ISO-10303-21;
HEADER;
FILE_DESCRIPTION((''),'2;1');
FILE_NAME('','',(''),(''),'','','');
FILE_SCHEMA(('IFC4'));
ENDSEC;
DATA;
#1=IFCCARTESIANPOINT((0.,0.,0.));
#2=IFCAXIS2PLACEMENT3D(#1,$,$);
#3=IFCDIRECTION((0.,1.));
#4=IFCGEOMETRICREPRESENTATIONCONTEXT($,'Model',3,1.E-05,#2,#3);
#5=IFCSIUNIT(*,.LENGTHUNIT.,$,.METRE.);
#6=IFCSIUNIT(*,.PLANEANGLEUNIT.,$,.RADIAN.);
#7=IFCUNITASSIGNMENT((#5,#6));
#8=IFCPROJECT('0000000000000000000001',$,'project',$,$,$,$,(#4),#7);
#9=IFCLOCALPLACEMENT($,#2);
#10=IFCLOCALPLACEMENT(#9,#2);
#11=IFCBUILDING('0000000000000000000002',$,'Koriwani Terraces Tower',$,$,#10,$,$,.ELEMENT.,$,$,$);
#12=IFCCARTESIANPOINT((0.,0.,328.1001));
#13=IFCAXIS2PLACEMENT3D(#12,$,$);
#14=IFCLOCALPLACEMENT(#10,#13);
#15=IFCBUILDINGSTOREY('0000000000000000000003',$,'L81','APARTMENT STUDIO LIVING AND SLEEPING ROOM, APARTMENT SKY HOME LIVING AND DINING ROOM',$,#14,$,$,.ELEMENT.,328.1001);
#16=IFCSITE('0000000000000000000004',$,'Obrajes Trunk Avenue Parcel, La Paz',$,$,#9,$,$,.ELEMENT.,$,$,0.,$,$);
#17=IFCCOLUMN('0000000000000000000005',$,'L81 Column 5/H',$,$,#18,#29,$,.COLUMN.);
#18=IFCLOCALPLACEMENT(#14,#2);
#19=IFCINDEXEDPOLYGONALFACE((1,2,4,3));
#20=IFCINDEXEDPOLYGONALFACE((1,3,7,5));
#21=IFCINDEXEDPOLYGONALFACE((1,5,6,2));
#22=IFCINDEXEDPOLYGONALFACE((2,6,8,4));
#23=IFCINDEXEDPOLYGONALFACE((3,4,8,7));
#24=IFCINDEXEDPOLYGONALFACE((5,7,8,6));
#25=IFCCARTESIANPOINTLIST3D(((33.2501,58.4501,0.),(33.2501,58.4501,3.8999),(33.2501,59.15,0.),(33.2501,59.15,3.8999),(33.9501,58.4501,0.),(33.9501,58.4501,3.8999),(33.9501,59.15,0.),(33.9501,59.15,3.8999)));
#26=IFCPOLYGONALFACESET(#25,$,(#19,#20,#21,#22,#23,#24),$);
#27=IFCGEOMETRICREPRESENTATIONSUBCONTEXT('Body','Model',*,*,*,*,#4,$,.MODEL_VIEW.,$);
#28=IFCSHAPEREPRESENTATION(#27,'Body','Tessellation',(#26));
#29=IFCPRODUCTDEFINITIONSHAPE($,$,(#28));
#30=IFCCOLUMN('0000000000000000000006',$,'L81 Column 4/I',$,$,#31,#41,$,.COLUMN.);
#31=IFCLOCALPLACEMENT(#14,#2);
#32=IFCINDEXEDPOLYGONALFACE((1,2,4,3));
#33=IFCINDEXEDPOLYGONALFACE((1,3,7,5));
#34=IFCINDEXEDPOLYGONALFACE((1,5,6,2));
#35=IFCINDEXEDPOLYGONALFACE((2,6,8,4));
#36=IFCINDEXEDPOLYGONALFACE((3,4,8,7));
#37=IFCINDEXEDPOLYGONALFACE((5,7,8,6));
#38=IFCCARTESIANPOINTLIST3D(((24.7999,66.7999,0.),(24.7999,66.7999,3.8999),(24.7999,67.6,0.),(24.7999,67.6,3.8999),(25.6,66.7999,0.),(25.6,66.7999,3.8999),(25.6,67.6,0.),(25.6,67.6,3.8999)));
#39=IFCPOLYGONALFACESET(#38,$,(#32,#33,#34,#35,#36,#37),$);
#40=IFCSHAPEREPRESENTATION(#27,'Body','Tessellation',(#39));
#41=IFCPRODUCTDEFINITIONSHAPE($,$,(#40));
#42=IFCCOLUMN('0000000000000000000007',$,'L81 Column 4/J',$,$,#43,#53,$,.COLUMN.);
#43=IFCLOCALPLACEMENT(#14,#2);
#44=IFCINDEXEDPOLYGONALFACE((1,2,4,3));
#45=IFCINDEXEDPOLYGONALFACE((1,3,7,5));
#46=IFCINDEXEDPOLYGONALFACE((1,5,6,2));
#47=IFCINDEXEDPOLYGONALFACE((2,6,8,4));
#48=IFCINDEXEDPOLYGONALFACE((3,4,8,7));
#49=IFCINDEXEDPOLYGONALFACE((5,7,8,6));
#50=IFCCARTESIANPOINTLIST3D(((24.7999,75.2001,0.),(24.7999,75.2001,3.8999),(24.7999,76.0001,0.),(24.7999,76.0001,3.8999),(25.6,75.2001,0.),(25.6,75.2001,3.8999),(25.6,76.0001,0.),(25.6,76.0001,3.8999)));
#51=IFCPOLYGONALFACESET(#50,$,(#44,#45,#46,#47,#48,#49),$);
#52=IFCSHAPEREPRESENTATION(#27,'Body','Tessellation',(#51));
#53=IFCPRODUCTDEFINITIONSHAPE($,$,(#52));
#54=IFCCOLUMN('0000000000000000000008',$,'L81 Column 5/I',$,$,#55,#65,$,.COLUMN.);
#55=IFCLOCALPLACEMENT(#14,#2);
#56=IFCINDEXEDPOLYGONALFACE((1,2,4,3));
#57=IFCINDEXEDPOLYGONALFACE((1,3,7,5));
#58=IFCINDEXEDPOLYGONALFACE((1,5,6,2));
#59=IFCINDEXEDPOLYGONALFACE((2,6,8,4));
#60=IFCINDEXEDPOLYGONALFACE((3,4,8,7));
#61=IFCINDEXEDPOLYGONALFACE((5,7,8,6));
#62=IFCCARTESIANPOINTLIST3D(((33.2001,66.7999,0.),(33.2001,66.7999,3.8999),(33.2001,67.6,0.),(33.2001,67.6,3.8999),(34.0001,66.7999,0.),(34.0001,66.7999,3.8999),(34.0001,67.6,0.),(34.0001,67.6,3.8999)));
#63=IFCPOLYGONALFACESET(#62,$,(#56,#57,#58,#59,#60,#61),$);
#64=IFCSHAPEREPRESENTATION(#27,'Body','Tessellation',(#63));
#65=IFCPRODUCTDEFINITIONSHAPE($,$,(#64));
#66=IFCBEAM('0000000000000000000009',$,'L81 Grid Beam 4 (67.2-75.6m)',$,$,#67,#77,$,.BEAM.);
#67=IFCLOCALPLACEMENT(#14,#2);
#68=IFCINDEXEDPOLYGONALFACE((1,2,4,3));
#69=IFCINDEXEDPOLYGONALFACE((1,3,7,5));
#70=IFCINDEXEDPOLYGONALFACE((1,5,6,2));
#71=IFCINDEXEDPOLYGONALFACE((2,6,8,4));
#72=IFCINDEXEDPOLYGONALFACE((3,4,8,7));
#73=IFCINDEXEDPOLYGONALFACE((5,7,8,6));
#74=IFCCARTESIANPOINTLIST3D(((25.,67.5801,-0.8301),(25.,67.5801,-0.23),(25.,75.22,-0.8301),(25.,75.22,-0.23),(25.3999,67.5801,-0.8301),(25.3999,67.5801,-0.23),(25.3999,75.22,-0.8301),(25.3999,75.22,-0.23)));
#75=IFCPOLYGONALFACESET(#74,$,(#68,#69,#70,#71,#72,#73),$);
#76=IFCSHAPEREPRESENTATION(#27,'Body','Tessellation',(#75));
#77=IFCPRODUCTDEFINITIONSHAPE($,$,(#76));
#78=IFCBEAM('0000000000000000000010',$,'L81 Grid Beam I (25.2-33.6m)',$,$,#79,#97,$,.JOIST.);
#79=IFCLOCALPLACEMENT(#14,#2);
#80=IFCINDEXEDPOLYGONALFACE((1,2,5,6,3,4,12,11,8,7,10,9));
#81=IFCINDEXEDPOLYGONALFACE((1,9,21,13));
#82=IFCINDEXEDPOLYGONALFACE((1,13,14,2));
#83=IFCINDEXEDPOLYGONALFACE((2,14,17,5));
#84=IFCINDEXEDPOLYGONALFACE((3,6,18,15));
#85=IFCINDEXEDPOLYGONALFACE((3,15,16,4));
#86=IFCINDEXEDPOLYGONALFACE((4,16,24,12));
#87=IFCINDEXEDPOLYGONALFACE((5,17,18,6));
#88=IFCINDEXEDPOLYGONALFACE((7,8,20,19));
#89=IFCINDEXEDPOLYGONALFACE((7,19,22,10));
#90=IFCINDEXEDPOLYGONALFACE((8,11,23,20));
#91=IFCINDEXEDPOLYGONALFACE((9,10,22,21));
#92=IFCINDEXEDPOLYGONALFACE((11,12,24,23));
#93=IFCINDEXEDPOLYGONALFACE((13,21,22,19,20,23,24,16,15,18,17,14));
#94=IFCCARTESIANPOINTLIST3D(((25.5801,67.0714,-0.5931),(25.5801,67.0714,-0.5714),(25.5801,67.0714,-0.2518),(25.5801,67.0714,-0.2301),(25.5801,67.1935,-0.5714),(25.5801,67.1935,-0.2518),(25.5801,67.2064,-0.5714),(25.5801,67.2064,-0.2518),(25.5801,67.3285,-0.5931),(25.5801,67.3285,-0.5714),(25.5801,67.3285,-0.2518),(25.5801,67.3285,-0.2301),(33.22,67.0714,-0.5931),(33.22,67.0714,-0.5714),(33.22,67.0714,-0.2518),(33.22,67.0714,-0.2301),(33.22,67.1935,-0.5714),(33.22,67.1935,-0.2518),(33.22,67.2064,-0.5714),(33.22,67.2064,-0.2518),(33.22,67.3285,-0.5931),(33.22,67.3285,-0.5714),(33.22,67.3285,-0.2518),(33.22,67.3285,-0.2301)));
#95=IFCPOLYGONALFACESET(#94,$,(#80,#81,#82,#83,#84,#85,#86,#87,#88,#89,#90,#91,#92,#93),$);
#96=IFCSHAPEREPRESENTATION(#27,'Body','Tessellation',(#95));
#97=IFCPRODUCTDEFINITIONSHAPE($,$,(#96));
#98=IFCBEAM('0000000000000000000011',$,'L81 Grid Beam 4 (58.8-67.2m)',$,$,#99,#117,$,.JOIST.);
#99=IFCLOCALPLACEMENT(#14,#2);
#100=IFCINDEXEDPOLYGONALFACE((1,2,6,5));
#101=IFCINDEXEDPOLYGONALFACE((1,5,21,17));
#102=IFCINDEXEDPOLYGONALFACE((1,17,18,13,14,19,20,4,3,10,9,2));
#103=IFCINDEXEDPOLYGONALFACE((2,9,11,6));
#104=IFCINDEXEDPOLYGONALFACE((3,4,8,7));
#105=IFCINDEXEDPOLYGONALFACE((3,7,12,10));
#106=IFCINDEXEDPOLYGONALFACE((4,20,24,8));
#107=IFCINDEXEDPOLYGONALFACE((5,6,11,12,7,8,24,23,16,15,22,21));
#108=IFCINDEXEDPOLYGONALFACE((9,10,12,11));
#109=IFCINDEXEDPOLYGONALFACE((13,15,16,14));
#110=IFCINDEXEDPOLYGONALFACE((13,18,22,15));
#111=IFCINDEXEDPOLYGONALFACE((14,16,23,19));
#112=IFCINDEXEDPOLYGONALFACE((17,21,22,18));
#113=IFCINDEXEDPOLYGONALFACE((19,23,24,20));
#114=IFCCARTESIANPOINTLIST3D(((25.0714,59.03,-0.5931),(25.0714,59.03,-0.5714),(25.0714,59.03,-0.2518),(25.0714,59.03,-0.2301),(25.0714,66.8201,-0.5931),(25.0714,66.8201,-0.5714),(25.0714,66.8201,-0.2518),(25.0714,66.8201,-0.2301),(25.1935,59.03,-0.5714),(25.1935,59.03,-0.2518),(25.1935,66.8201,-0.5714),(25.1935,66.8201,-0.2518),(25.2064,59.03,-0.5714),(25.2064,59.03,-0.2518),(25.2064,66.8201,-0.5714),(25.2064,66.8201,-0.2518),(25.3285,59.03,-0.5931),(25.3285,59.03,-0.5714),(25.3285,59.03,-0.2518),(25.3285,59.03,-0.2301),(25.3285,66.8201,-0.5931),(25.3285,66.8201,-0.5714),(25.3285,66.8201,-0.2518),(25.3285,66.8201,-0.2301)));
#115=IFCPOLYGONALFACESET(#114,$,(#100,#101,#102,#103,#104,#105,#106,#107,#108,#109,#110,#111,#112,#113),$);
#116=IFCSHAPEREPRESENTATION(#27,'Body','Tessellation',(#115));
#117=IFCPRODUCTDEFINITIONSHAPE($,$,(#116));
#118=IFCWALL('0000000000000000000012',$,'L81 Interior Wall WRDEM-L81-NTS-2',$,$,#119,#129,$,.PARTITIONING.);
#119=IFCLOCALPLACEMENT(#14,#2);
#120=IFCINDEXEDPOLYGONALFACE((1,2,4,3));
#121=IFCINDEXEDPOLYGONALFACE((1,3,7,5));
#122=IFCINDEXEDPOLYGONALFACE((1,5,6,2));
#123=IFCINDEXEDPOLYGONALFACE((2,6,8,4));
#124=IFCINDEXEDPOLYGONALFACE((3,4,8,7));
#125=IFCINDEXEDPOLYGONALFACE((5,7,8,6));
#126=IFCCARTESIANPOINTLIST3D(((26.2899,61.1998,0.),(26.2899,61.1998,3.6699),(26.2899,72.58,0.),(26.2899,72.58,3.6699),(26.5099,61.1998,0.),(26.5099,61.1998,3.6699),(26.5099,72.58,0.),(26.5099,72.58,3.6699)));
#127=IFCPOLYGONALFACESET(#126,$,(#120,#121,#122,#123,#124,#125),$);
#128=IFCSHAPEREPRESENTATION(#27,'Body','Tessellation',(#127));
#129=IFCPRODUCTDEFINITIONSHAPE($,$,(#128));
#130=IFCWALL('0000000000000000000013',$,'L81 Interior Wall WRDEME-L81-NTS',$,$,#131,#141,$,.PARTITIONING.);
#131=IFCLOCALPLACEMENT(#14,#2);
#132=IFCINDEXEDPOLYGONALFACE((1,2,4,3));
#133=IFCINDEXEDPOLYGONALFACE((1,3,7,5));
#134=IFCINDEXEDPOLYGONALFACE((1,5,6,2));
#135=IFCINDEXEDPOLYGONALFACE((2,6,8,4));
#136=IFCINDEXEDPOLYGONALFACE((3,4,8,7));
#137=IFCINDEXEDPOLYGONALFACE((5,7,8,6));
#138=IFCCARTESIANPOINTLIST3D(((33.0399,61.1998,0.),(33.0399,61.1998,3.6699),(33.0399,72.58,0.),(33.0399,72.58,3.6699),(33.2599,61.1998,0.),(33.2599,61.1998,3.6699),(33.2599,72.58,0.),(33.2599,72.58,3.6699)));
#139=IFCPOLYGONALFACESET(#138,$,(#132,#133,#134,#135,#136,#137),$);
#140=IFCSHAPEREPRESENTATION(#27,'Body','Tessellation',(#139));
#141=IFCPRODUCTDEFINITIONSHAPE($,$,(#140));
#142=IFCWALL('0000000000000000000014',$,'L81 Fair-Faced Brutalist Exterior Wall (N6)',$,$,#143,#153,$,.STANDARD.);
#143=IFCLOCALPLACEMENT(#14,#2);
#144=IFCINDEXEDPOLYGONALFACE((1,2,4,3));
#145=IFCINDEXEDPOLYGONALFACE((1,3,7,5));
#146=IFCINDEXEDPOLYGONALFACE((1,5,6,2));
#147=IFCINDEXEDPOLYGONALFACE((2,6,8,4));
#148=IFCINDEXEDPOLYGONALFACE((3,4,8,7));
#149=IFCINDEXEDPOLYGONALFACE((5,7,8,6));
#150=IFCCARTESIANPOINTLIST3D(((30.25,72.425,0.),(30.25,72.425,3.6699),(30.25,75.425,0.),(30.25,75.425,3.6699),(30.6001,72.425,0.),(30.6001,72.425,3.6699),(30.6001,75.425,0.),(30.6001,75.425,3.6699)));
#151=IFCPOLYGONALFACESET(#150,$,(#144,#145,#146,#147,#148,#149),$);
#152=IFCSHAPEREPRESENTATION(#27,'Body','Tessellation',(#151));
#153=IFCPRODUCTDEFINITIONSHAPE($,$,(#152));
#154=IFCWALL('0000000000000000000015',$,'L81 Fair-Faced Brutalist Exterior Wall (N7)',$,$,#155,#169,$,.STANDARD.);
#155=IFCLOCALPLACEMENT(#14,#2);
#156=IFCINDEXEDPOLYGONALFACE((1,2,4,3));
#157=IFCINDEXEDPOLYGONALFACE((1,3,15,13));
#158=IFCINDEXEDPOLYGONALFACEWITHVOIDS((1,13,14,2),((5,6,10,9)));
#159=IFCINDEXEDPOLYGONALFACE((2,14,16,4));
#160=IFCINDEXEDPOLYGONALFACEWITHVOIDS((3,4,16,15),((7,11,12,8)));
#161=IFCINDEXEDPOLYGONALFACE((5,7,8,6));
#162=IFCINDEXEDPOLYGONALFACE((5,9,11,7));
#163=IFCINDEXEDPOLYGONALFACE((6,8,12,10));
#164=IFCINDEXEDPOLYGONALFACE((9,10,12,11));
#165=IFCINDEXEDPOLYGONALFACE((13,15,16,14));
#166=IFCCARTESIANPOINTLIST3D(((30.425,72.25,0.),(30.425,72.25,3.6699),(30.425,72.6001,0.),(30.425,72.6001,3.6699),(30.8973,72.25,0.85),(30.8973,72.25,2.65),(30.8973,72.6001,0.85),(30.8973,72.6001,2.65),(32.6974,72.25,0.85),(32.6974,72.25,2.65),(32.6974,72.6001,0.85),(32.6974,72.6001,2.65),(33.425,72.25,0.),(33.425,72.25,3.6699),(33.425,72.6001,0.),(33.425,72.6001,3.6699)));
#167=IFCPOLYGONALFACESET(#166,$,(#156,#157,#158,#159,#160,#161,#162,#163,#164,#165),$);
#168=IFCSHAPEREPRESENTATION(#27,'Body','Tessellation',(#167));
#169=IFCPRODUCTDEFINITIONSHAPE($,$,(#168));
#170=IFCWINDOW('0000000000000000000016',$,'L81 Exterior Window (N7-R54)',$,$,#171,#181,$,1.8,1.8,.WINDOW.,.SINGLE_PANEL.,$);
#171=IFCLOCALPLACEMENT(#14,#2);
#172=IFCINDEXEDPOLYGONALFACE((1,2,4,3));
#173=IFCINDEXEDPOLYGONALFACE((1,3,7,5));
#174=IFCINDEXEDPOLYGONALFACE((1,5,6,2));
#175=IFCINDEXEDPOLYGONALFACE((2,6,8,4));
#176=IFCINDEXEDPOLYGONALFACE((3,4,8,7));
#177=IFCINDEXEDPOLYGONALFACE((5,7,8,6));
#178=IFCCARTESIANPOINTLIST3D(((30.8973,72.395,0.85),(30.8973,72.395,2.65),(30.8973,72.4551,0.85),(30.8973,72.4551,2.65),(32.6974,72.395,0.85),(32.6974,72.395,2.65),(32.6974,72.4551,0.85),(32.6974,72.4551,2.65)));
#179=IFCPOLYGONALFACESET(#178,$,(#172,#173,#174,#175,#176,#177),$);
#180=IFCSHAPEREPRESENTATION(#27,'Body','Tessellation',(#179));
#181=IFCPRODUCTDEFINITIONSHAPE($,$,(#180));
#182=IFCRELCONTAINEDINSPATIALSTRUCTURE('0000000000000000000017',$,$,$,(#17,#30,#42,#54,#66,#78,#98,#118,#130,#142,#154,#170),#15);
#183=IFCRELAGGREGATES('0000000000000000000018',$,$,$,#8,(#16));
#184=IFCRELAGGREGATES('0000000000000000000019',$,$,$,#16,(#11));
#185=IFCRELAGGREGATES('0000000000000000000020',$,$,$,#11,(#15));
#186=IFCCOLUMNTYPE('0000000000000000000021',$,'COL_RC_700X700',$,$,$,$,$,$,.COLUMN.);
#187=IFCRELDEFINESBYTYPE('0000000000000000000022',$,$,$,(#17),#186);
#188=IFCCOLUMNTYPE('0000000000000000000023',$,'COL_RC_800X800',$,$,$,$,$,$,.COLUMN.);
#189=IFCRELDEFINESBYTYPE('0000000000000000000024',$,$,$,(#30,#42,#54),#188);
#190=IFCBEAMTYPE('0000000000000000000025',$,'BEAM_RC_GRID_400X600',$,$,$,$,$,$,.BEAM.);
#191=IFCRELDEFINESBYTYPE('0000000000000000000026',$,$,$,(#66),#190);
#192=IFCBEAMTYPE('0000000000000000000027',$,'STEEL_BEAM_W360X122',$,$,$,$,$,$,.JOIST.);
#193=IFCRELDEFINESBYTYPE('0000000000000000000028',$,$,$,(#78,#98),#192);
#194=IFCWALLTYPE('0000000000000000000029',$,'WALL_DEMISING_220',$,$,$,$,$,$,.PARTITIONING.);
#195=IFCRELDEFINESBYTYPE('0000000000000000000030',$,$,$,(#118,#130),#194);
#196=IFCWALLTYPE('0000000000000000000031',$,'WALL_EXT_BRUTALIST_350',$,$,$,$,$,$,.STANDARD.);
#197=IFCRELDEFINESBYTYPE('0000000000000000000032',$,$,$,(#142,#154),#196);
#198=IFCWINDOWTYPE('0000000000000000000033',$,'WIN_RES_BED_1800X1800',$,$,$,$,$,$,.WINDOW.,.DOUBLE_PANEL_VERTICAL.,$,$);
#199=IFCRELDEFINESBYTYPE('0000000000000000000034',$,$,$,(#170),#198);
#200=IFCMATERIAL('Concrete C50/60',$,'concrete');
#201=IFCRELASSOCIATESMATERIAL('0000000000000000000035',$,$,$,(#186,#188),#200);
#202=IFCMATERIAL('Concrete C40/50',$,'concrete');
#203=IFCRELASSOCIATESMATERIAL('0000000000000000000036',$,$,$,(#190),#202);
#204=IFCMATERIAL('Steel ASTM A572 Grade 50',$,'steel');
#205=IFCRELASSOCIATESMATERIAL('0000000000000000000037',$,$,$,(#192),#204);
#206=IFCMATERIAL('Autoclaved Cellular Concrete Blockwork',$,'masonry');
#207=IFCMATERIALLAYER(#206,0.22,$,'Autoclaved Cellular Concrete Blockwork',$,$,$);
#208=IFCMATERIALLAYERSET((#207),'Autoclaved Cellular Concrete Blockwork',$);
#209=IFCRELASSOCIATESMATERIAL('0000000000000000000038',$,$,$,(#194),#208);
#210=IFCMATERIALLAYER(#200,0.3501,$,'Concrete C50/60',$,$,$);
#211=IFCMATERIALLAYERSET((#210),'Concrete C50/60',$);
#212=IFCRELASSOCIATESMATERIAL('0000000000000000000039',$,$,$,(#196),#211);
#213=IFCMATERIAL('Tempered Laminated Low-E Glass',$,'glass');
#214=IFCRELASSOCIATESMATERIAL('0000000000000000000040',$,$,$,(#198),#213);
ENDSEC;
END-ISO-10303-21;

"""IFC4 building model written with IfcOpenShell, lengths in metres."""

from ifc_helpers import new_model, si_unit, direction, frame, frame_2d, origin, origin_2d, place, context, subcontext, project, spatial, rectangle, i_section, extrude, material, layer, layer_set, material_profile, profile_set, type_object, element, fill, save


model = new_model("IFC4")

# Units and contexts
model_context = context("Model", 3, precision=1e-05, world=origin(), true_north=direction((0.0, 1.0)))
body_context = subcontext(model_context, "Body", "Model", "MODEL_VIEW")
ifc_project = project(units=[si_unit("LENGTHUNIT", "METRE"), si_unit("PLANEANGLEUNIT", "RADIAN")], contexts=[model_context])

# Site, building, storey
site_placement = place(None, origin())
site = spatial("IfcSite", under=ifc_project, at=site_placement, Name="Obrajes Trunk Avenue Parcel, La Paz", CompositionType="ELEMENT", RefElevation=0.0)
building_placement = place(site_placement, origin())
building = spatial("IfcBuilding", under=site, at=building_placement, Name="Koriwani Terraces Tower", CompositionType="ELEMENT")
storey_placement = place(building_placement, frame((0.0, 0.0, 328.1001)))
storey = spatial("IfcBuildingStorey", under=building, at=storey_placement, Name="L81", Description="APARTMENT STUDIO LIVING AND SLEEPING ROOM, APARTMENT SKY HOME LIVING AND DINING ROOM", CompositionType="ELEMENT", Elevation=328.1001)

# Columns
ifc_material_1 = material(Name="Concrete C50/60", Category="concrete")
ifc_material_profile_1 = material_profile(ifc_material_1, rectangle(XDim=0.7, YDim=0.7, at=origin_2d()), Name="Concrete C50/60", Category="LoadBearing")
ifc_profile_set_1 = profile_set([ifc_material_profile_1], Name="Concrete C50/60")
column_type_1 = type_object("IfcColumnType", Name="COL_RC_700X700", PredefinedType="COLUMN", material=ifc_profile_set_1)
column_placement = place(storey_placement, frame((33.6001, 58.8, 0.0), z_axis=(0.0, 0.0, 1.0), x_axis=(1.0, 0.0, 0.0)))
element("IfcColumn", 1, at=column_placement, inside=storey, type_object=column_type_1, Name="L81 Column 5/H", PredefinedType="COLUMN", context=body_context, shape_type="SweptSolid", body=[
    extrude(rectangle(XDim=0.7, YDim=0.7, at=origin_2d()), origin(), (0.0, 0.0, 1.0), 3.8999),
])
ifc_material_profile_2 = material_profile(ifc_material_1, rectangle(XDim=0.8, YDim=0.8, at=origin_2d()), Name="Concrete C50/60", Category="LoadBearing")
ifc_profile_set_2 = profile_set([ifc_material_profile_2], Name="Concrete C50/60")
column_type_2 = type_object("IfcColumnType", Name="COL_RC_800X800", PredefinedType="COLUMN", material=ifc_profile_set_2)
for number, where, z_axis, x_axis, name in (
    (2, (25.2, 67.2, 0.0), (0.0, 0.0, 1.0), (1.0, 0.0, 0.0), "L81 Column 4/I"),
    (3, (25.2, 75.6001, 0.0), (0.0, 0.0, 1.0), (1.0, 0.0, 0.0), "L81 Column 4/J"),
    (4, (33.6001, 67.2, 0.0), (0.0, 0.0, 1.0), (1.0, 0.0, 0.0), "L81 Column 5/I"),
):
    element("IfcColumn", number, at=place(storey_placement, frame(where, z_axis=z_axis, x_axis=x_axis)), inside=storey, type_object=column_type_2, Name=name, PredefinedType="COLUMN", context=body_context, shape_type="SweptSolid", body=[
        extrude(rectangle(XDim=0.8, YDim=0.8, at=origin_2d()), origin(), (0.0, 0.0, 1.0), 3.8999),
    ])

# Beams
ifc_material_2 = material(Name="Concrete C40/50", Category="concrete")
ifc_material_profile_3 = material_profile(ifc_material_2, rectangle(XDim=0.3999, YDim=0.6001, at=origin_2d()), Name="Concrete C40/50", Category="LoadBearing")
ifc_profile_set_3 = profile_set([ifc_material_profile_3], Name="Concrete C40/50")
beam_type_1 = type_object("IfcBeamType", Name="BEAM_RC_GRID_400X600", PredefinedType="BEAM", material=ifc_profile_set_3)
beam_1_placement = place(storey_placement, frame((25.2, 67.5801, -0.53), z_axis=(0.0, 1.0, 0.0), x_axis=(-1.0, 0.0, 0.0)))
element("IfcBeam", 5, at=beam_1_placement, inside=storey, type_object=beam_type_1, Name="L81 Grid Beam 4 (67.2-75.6m)", PredefinedType="BEAM", context=body_context, shape_type="SweptSolid", body=[
    extrude(rectangle(XDim=0.3999, YDim=0.6001, at=origin_2d()), origin(), (0.0, 0.0, 1.0), 7.6399),
])
ifc_material_3 = material(Name="Steel ASTM A572 Grade 50", Category="steel")
ifc_material_profile_4 = material_profile(ifc_material_3, i_section(OverallWidth=0.2571, OverallDepth=0.363, WebThickness=0.0129, FlangeThickness=0.0217, at=origin_2d()), Name="Steel ASTM A572 Grade 50", Category="LoadBearing")
ifc_profile_set_4 = profile_set([ifc_material_profile_4], Name="Steel ASTM A572 Grade 50")
beam_type_2 = type_object("IfcBeamType", Name="STEEL_BEAM_W360X122", PredefinedType="JOIST", material=ifc_profile_set_4)
beam_2_placement = place(storey_placement, frame((25.5801, 67.2, -0.4116), z_axis=(1.0, 0.0, 0.0), x_axis=(0.0, 1.0, 0.0)))
element("IfcBeam", 6, at=beam_2_placement, inside=storey, type_object=beam_type_2, Name="L81 Grid Beam I (25.2-33.6m)", PredefinedType="JOIST", context=body_context, shape_type="SweptSolid", body=[
    extrude(i_section(OverallWidth=0.2571, OverallDepth=0.363, WebThickness=0.0129, FlangeThickness=0.0217, at=origin_2d()), origin(), (0.0, 0.0, 1.0), 7.6399),
])
beam_3_placement = place(storey_placement, frame((25.2, 59.03, -0.4116), z_axis=(0.0, 1.0, 0.0), x_axis=(-1.0, 0.0, 0.0)))
element("IfcBeam", 7, at=beam_3_placement, inside=storey, type_object=beam_type_2, Name="L81 Grid Beam 4 (58.8-67.2m)", PredefinedType="JOIST", context=body_context, shape_type="SweptSolid", body=[
    extrude(i_section(OverallWidth=0.2571, OverallDepth=0.363, WebThickness=0.0129, FlangeThickness=0.0217, at=origin_2d()), origin(), (0.0, 0.0, 1.0), 7.79),
])

# Walls
ifc_material_4 = material(Name="Autoclaved Cellular Concrete Blockwork", Category="masonry")
ifc_layer_1 = layer(ifc_material_4, 0.22, Name="Autoclaved Cellular Concrete Blockwork")
ifc_layer_set_1 = layer_set([ifc_layer_1], Name="Autoclaved Cellular Concrete Blockwork")
wall_type_1 = type_object("IfcWallType", Name="WALL_DEMISING_220", PredefinedType="PARTITIONING", material=ifc_layer_set_1)
for number, where, z_axis, x_axis, name in (
    (8, (26.3999, 61.2, 0.0), (0.0, 0.0, 1.0), (0.0, 1.0, 0.0), "L81 Interior Wall WRDEM-L81-NTS-2"),
    (9, (33.1499, 61.2, 0.0), (0.0, 0.0, 1.0), (0.0, 1.0, 0.0), "L81 Interior Wall WRDEME-L81-NTS"),
):
    element("IfcWall", number, at=place(storey_placement, frame(where, z_axis=z_axis, x_axis=x_axis)), inside=storey, type_object=wall_type_1, Name=name, PredefinedType="PARTITIONING", context=body_context, shape_type="SweptSolid", body=[
        extrude(rectangle(XDim=11.3801, YDim=0.22, at=frame_2d((5.6899, 0.0))), origin(), (0.0, 0.0, 1.0), 3.6699),
    ])
ifc_layer_2 = layer(ifc_material_1, 0.3501, Name="Concrete C50/60")
ifc_layer_set_2 = layer_set([ifc_layer_2], Name="Concrete C50/60")
wall_type_2 = type_object("IfcWallType", Name="WALL_EXT_BRUTALIST_350", PredefinedType="STANDARD", material=ifc_layer_set_2)
wall_1_placement = place(storey_placement, frame((30.425, 75.425, 0.0), z_axis=(0.0, 0.0, 1.0), x_axis=(0.0, -1.0, 0.0)))
element("IfcWall", 10, at=wall_1_placement, inside=storey, type_object=wall_type_2, Name="L81 Fair-Faced Brutalist Exterior Wall (N6)", PredefinedType="STANDARD", context=body_context, shape_type="SweptSolid", body=[
    extrude(rectangle(XDim=3.0, YDim=0.3501, at=frame_2d((1.5, 0.0))), origin(), (0.0, 0.0, 1.0), 3.6699),
])

# Wall, opening, window
wall_2_placement = place(storey_placement, frame((30.425, 72.425, 0.0), z_axis=(0.0, 0.0, 1.0), x_axis=(1.0, 0.0, 0.0)))
wall_2 = element("IfcWall", 11, at=wall_2_placement, inside=storey, type_object=wall_type_2, Name="L81 Fair-Faced Brutalist Exterior Wall (N7)", PredefinedType="STANDARD", context=body_context, shape_type="SweptSolid", body=[
    extrude(rectangle(XDim=3.0, YDim=0.3501, at=frame_2d((1.5, 0.0))), origin(), (0.0, 0.0, 1.0), 3.6699),
])
opening_1_placement = place(wall_2_placement, frame((0.4724, 0.0, 0.8501)))
opening_1 = element("IfcOpeningElement", 12, at=opening_1_placement, cuts=wall_2, PredefinedType="OPENING", context=body_context, shape_type="SweptSolid", body=[
    extrude(rectangle(XDim=1.8, YDim=1.8, at=frame_2d((0.8999, 0.8999))), frame((0.0, 0.1851, 0.0), z_axis=(0.0, -1.0, 0.0), x_axis=(1.0, 0.0, 0.0)), (0.0, 0.0, 1.0), 0.3701),
])
ifc_material_5 = material(Name="Tempered Laminated Low-E Glass", Category="glass")
window_type = type_object("IfcWindowType", Name="WIN_RES_BED_1800X1800", PartitioningType="DOUBLE_PANEL_VERTICAL", PredefinedType="WINDOW", material=ifc_material_5)
window_1_placement = place(opening_1_placement, origin())
window_1 = element("IfcWindow", 13, at=window_1_placement, inside=storey, type_object=window_type, Name="L81 Exterior Window (N7-R54)", OverallHeight=1.8, OverallWidth=1.8, PartitioningType="SINGLE_PANEL", PredefinedType="WINDOW", context=body_context, shape_type="SweptSolid", body=[
    extrude(rectangle(XDim=1.8, YDim=1.8, at=frame_2d((0.8999, 0.8999))), frame((0.0, 0.03, 0.0), z_axis=(0.0, -1.0, 0.0), x_axis=(1.0, 0.0, 0.0)), (0.0, 0.0, 1.0), 0.0601),
])
fill(opening_1, window_1)

save(model, "model.ifc")
